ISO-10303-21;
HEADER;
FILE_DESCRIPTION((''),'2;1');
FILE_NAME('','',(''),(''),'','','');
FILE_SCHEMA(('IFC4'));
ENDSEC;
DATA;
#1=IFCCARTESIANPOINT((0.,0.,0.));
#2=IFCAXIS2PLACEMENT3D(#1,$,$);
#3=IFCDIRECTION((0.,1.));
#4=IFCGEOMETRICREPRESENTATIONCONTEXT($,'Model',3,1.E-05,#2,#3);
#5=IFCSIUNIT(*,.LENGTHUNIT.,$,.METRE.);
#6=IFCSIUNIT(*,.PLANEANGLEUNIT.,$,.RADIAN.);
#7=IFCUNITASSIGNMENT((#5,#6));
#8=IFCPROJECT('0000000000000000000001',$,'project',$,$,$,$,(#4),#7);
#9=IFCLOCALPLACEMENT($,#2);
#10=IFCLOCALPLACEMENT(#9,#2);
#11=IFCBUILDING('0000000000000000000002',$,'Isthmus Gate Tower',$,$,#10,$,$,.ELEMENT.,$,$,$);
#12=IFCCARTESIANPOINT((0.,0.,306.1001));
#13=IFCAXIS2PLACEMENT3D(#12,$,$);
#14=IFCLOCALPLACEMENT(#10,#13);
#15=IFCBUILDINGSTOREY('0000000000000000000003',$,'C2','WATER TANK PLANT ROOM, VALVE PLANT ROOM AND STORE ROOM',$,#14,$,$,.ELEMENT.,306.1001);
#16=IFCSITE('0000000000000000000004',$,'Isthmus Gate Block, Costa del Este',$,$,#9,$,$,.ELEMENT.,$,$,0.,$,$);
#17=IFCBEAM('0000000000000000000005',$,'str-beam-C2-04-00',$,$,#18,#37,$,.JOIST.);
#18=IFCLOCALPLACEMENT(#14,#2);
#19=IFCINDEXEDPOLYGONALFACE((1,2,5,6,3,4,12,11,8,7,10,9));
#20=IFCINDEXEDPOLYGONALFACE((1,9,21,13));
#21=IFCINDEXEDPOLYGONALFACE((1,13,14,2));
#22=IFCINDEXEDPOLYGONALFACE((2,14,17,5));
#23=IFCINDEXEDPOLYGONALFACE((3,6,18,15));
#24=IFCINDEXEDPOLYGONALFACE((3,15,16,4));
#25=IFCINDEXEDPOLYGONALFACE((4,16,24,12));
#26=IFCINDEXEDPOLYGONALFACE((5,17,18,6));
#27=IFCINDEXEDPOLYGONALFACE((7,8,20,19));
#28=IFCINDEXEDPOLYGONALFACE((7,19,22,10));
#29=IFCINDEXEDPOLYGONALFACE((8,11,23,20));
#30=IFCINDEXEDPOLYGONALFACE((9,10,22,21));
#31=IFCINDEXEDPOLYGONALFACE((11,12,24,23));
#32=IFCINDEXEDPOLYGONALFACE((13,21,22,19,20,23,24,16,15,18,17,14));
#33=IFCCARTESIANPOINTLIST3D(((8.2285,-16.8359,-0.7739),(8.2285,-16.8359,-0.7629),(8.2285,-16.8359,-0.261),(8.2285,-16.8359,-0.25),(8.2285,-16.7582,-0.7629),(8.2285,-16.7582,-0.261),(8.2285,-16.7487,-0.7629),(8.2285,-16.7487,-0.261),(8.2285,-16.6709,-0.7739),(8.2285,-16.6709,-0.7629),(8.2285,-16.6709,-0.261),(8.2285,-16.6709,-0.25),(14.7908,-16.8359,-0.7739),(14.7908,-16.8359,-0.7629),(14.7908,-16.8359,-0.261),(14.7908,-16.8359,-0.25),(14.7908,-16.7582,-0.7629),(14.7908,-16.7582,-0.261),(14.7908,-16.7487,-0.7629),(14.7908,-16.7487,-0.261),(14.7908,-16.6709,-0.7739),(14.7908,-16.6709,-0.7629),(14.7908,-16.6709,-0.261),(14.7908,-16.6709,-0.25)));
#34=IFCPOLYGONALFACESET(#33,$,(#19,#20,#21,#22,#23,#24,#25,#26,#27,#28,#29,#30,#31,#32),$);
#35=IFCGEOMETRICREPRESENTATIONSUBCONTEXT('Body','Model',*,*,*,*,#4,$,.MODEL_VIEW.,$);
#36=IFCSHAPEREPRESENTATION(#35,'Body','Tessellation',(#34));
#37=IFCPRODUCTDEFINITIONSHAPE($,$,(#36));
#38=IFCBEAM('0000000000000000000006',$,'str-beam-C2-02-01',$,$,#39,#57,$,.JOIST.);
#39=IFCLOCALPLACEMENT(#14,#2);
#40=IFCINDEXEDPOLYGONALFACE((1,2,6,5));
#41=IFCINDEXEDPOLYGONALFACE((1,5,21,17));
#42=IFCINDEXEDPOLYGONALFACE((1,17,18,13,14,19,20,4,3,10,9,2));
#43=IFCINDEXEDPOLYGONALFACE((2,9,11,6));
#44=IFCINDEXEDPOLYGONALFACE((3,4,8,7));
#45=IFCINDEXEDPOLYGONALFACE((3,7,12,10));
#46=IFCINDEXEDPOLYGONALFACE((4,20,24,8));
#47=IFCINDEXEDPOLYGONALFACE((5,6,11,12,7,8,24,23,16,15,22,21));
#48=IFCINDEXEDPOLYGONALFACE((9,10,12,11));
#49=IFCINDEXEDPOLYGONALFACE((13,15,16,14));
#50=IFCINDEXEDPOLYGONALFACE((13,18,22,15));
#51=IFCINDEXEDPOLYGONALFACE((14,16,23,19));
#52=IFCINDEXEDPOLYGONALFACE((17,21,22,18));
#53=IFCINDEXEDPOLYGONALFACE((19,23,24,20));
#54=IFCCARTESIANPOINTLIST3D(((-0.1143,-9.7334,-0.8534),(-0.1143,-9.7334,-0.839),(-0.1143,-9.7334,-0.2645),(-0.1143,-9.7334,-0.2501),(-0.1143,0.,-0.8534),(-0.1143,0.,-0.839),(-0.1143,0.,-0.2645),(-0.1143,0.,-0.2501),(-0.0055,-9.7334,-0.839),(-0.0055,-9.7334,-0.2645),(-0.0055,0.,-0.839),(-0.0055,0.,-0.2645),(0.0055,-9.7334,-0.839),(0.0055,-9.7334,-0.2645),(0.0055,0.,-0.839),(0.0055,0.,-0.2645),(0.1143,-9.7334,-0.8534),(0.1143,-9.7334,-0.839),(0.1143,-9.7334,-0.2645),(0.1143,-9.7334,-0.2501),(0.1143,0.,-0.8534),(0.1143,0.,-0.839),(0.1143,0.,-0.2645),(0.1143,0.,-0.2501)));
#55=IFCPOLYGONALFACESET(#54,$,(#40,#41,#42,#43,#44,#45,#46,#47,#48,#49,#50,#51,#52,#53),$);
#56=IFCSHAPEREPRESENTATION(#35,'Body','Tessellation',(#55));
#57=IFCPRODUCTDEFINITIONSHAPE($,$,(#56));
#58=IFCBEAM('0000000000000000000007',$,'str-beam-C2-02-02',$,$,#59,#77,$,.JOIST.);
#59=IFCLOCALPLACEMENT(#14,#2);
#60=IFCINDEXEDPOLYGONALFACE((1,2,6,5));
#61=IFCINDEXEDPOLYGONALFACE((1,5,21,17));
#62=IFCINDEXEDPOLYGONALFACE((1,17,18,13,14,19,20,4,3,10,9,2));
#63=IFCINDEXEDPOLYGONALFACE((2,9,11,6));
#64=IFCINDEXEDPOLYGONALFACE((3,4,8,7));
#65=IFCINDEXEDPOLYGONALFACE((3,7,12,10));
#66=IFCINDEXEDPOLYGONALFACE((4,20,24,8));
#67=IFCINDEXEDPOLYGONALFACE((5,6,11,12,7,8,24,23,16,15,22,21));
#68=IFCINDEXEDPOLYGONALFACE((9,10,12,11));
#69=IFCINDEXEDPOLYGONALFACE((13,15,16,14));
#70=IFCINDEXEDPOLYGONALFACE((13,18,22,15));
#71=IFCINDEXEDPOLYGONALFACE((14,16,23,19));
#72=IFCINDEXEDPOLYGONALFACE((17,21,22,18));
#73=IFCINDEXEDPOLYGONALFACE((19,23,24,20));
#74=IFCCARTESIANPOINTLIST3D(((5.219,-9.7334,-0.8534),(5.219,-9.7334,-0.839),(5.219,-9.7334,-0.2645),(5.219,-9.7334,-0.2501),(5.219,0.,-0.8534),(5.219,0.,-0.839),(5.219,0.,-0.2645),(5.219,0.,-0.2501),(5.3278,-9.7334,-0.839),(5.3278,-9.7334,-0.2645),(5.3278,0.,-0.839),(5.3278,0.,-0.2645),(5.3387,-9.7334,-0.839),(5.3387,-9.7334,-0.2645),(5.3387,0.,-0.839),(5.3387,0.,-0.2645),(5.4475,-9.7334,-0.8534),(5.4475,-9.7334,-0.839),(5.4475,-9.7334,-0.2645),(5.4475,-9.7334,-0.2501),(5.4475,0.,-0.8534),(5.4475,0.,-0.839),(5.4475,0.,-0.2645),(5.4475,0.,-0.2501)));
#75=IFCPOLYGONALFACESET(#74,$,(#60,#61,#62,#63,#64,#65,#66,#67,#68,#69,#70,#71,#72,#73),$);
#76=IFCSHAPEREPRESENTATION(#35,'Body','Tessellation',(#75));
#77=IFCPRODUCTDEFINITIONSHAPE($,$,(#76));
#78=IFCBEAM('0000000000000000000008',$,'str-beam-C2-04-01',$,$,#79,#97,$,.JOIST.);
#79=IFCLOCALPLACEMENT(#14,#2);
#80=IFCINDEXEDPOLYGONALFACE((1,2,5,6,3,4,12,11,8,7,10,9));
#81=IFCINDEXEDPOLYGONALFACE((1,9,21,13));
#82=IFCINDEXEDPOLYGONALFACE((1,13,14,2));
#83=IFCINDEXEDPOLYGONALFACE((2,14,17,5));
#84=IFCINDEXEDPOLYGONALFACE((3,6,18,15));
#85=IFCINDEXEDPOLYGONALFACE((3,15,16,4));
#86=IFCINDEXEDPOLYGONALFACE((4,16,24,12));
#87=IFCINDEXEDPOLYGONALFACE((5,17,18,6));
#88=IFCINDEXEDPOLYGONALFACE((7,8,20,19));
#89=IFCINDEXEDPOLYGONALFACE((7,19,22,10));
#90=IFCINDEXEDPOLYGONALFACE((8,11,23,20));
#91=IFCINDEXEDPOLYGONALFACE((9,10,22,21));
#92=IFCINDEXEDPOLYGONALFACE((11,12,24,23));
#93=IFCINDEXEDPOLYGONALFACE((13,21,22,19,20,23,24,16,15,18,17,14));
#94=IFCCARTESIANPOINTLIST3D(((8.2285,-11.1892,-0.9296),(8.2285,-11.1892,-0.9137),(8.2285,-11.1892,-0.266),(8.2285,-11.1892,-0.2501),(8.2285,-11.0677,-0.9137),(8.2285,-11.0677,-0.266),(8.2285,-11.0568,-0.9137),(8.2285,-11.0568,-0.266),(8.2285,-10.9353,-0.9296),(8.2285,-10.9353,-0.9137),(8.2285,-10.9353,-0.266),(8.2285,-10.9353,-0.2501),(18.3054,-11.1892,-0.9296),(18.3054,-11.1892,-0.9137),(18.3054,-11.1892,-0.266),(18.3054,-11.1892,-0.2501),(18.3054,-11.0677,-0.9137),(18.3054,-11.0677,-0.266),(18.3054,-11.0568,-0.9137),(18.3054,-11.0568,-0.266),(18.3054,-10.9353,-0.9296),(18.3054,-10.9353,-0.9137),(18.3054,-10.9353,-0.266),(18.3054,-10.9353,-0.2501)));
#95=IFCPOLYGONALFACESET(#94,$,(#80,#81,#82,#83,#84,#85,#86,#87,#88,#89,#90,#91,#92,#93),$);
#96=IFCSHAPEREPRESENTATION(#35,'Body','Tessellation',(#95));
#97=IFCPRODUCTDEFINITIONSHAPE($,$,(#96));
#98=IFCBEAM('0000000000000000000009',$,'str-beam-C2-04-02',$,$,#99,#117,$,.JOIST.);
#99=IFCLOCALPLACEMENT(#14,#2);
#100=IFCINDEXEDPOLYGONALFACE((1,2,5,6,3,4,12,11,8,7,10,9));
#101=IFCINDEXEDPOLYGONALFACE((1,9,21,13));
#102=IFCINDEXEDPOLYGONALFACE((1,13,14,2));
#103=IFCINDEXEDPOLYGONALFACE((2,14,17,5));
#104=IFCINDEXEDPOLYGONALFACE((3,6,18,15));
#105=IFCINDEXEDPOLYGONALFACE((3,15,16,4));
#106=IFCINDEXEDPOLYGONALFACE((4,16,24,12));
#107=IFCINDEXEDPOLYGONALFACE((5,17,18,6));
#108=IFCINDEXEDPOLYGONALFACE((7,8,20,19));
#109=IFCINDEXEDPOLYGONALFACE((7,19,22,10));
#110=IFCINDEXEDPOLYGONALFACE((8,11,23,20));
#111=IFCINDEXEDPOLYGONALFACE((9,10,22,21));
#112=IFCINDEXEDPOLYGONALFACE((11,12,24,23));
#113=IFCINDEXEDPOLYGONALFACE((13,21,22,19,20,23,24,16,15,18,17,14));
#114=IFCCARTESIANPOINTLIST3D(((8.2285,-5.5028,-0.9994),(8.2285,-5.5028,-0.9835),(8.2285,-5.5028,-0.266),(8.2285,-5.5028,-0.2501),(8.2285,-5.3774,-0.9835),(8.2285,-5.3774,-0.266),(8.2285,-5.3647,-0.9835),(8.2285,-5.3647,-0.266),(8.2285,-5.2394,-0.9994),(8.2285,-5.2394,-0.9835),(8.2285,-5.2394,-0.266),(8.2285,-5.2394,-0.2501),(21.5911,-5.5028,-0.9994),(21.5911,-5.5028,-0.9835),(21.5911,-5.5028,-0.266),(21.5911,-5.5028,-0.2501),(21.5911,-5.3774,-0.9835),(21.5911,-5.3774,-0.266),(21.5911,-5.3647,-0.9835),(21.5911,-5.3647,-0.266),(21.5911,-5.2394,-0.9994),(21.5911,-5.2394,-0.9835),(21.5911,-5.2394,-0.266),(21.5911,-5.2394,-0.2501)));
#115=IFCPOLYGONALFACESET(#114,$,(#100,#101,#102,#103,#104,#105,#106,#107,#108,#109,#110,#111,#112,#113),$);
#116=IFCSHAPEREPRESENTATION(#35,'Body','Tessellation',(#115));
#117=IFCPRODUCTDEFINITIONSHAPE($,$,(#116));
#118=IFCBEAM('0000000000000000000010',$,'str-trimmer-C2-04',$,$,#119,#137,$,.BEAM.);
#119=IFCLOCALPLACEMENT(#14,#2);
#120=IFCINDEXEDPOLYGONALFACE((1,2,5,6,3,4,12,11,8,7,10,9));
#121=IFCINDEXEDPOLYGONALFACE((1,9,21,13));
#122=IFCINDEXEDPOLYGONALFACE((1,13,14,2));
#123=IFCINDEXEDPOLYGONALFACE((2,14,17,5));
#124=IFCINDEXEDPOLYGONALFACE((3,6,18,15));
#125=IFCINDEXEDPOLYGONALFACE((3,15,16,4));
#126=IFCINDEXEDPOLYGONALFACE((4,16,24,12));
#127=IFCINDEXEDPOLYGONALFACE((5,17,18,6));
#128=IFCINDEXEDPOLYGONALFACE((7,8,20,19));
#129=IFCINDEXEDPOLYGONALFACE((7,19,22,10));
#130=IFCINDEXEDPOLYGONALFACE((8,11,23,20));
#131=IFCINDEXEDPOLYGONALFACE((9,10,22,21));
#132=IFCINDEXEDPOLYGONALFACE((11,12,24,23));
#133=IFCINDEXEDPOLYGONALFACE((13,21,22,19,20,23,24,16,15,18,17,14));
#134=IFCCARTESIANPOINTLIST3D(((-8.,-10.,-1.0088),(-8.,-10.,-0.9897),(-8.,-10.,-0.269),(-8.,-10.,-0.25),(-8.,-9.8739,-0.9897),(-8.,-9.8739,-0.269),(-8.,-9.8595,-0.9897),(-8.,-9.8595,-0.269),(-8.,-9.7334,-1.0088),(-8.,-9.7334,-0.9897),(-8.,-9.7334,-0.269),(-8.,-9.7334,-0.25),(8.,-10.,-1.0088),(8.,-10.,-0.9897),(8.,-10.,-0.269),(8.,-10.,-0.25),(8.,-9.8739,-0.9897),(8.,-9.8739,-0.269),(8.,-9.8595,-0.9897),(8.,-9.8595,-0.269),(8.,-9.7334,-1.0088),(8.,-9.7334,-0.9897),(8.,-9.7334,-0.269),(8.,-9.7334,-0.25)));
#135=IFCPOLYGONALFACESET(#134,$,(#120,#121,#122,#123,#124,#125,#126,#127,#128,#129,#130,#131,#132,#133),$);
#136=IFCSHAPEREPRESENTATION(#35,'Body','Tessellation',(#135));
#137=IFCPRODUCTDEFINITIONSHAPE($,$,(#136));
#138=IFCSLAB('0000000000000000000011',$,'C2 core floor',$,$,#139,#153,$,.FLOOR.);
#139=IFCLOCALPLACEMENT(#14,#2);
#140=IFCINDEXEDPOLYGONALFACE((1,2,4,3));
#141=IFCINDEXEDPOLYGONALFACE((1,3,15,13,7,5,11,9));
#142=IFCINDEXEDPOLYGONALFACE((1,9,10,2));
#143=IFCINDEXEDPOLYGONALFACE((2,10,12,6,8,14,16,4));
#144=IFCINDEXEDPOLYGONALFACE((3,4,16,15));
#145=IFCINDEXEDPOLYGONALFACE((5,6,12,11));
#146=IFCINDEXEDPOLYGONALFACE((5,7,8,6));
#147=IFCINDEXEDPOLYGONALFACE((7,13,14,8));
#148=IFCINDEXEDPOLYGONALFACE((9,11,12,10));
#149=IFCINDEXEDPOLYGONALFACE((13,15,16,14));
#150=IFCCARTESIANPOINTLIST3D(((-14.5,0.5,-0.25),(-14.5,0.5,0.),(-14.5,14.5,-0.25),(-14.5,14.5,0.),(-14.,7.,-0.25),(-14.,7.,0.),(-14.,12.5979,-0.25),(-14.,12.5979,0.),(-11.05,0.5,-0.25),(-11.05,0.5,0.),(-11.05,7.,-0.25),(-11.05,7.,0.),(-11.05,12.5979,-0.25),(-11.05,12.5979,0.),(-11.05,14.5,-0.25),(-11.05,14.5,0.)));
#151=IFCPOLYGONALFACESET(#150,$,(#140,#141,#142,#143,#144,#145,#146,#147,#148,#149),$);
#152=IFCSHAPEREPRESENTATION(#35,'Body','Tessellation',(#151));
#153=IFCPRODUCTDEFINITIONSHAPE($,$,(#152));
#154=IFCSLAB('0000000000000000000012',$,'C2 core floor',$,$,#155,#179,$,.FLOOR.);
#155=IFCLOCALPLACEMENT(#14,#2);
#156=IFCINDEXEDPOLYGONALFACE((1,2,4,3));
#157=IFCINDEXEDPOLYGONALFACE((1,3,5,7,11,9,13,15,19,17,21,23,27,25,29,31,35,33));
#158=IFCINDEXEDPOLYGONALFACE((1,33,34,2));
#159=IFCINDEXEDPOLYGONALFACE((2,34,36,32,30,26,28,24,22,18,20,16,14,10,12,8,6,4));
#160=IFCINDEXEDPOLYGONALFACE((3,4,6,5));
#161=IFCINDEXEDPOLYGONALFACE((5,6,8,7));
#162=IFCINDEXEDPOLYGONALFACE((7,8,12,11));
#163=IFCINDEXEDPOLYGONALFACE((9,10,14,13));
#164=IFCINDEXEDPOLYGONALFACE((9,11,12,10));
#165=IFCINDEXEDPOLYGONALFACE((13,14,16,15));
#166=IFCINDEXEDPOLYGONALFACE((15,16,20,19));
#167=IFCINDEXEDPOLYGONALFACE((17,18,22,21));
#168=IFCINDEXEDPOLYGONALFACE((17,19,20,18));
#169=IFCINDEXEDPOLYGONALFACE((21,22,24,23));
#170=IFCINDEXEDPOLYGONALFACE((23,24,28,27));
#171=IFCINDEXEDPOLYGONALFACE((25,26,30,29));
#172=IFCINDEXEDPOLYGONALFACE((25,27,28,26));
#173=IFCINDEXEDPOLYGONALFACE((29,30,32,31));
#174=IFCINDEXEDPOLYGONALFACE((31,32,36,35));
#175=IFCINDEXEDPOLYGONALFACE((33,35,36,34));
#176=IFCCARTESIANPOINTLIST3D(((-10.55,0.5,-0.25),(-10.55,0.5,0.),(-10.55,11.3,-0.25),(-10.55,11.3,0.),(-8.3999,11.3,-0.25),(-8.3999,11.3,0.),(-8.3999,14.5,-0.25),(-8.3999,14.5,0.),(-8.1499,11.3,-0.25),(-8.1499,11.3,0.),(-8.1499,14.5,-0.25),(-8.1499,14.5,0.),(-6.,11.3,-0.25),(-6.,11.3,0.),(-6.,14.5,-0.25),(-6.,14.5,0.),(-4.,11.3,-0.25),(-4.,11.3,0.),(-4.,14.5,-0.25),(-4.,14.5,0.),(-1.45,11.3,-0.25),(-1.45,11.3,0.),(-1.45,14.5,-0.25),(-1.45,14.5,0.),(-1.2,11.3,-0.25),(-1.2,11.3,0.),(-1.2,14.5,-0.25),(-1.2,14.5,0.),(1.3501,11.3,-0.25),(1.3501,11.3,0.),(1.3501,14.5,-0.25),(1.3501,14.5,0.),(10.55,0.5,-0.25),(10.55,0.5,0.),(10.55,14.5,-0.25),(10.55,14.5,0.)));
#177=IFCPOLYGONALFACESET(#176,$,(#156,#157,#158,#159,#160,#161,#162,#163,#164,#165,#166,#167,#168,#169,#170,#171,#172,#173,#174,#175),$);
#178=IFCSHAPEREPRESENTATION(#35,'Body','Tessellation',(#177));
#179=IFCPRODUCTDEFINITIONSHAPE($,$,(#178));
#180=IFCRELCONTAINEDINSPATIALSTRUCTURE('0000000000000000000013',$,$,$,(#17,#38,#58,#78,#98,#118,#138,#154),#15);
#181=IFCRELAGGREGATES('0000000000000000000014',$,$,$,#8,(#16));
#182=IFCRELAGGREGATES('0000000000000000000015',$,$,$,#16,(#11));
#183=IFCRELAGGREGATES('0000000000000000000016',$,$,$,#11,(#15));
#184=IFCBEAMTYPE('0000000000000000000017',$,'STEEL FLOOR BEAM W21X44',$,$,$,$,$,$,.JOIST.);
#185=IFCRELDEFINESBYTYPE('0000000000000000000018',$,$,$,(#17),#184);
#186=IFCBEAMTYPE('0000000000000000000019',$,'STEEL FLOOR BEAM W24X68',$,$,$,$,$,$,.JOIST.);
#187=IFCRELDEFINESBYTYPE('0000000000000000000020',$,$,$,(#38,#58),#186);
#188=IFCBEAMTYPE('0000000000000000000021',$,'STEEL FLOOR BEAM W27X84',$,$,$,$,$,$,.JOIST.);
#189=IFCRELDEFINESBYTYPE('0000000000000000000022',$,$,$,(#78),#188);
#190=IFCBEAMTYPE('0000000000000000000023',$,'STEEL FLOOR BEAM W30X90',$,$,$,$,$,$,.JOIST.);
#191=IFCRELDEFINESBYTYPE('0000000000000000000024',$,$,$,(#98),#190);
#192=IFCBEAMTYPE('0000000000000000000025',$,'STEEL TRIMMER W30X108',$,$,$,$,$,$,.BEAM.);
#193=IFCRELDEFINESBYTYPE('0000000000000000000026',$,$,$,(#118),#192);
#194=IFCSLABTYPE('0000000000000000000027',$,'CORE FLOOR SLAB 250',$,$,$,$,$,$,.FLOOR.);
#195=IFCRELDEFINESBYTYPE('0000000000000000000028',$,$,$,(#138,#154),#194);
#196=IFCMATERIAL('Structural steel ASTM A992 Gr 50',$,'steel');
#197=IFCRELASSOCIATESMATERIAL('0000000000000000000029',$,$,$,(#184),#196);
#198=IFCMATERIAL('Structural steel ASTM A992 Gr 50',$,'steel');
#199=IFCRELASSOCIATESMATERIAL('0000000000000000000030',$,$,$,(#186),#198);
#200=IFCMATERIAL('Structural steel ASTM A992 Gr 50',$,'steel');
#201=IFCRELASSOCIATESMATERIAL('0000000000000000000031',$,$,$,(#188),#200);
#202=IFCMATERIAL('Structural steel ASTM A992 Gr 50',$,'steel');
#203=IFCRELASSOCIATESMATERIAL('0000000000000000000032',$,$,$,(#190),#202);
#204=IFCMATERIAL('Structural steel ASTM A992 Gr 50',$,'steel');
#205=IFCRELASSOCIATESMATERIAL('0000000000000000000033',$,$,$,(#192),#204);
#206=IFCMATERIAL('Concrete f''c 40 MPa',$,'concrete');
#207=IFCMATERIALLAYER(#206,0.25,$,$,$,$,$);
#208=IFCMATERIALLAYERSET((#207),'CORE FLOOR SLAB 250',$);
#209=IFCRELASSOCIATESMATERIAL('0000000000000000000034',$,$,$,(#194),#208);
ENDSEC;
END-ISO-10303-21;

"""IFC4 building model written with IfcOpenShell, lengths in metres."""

from ifc_helpers import new_model, si_unit, direction, frame, origin, origin_2d, place, context, subcontext, project, spatial, polyline, i_section, outline, extrude, material, layer, layer_set, material_profile, profile_set, type_object, element, save


model = new_model("IFC4")

# Units and contexts
model_context = context("Model", 3, precision=1e-05, world=origin(), true_north=direction((0.0, 1.0)))
body_context = subcontext(model_context, "Body", "Model", "MODEL_VIEW")
ifc_project = project(units=[si_unit("LENGTHUNIT", "METRE"), si_unit("PLANEANGLEUNIT", "RADIAN")], contexts=[model_context])

# Site, building, storey
site_placement = place(None, origin())
site = spatial("IfcSite", under=ifc_project, at=site_placement, Name="Isthmus Gate Block, Costa del Este", CompositionType="ELEMENT", RefElevation=0.0)
building_placement = place(site_placement, origin())
building = spatial("IfcBuilding", under=site, at=building_placement, Name="Isthmus Gate Tower", CompositionType="ELEMENT")
storey_placement = place(building_placement, frame((0.0, 0.0, 306.1001)))
storey = spatial("IfcBuildingStorey", under=building, at=storey_placement, Name="C2", Description="WATER TANK PLANT ROOM, VALVE PLANT ROOM AND STORE ROOM", CompositionType="ELEMENT", Elevation=306.1001)

# Beams
ifc_material_1 = material(Name="Structural steel ASTM A992 Gr 50", Category="steel")
ifc_material_profile_1 = material_profile(ifc_material_1, i_section(OverallWidth=0.165, OverallDepth=0.5239, WebThickness=0.0095, FlangeThickness=0.011, at=origin_2d()), Name="W21X44")
ifc_profile_set_1 = profile_set([ifc_material_profile_1], Name="Structural steel ASTM A992 Gr 50")
beam_type_1 = type_object("IfcBeamType", Name="STEEL FLOOR BEAM W21X44", PredefinedType="JOIST", material=ifc_profile_set_1)
beam_1_placement = place(storey_placement, frame((8.2285, -16.7534, -0.512), z_axis=(1.0, 0.0, 0.0), x_axis=(0.0, 1.0, 0.0)))
element("IfcBeam", 1, at=beam_1_placement, inside=storey, type_object=beam_type_1, Name="str-beam-C2-04-00", PredefinedType="JOIST", context=body_context, shape_type="SweptSolid", body=[
    extrude(i_section(OverallWidth=0.165, OverallDepth=0.5239, WebThickness=0.0095, FlangeThickness=0.011, at=origin_2d()), origin(), (0.0, 0.0, 1.0), 6.5623),
])
ifc_material_2 = material(Name="Structural steel ASTM A992 Gr 50", Category="steel")
ifc_material_profile_2 = material_profile(ifc_material_2, i_section(OverallWidth=0.2285, OverallDepth=0.6033, WebThickness=0.011, FlangeThickness=0.0144, at=origin_2d()), Name="W24X68")
ifc_profile_set_2 = profile_set([ifc_material_profile_2], Name="Structural steel ASTM A992 Gr 50")
beam_type_2 = type_object("IfcBeamType", Name="STEEL FLOOR BEAM W24X68", PredefinedType="JOIST", material=ifc_profile_set_2)
for number, where, z_axis, x_axis, name in (
    (2, (0.0, -9.7334, -0.5518), (0.0, 1.0, 0.0), (-1.0, 0.0, 0.0), "str-beam-C2-02-01"),
    (3, (5.3333, -9.7334, -0.5518), (0.0, 1.0, 0.0), (-1.0, 0.0, 0.0), "str-beam-C2-02-02"),
):
    element("IfcBeam", number, at=place(storey_placement, frame(where, z_axis=z_axis, x_axis=x_axis)), inside=storey, type_object=beam_type_2, Name=name, PredefinedType="JOIST", context=body_context, shape_type="SweptSolid", body=[
        extrude(i_section(OverallWidth=0.2285, OverallDepth=0.6033, WebThickness=0.011, FlangeThickness=0.0144, at=origin_2d()), origin(), (0.0, 0.0, 1.0), 9.7334),
    ])
ifc_material_3 = material(Name="Structural steel ASTM A992 Gr 50", Category="steel")
ifc_material_profile_3 = material_profile(ifc_material_3, i_section(OverallWidth=0.2539, OverallDepth=0.6794, WebThickness=0.011, FlangeThickness=0.0159, at=origin_2d()), Name="W27X84")
ifc_profile_set_3 = profile_set([ifc_material_profile_3], Name="Structural steel ASTM A992 Gr 50")
beam_type_3 = type_object("IfcBeamType", Name="STEEL FLOOR BEAM W27X84", PredefinedType="JOIST", material=ifc_profile_set_3)
beam_2_placement = place(storey_placement, frame((8.2285, -11.0623, -0.5898), z_axis=(1.0, 0.0, 0.0), x_axis=(0.0, 1.0, 0.0)))
element("IfcBeam", 4, at=beam_2_placement, inside=storey, type_object=beam_type_3, Name="str-beam-C2-04-01", PredefinedType="JOIST", context=body_context, shape_type="SweptSolid", body=[
    extrude(i_section(OverallWidth=0.2539, OverallDepth=0.6794, WebThickness=0.011, FlangeThickness=0.0159, at=origin_2d()), origin(), (0.0, 0.0, 1.0), 10.0769),
])
ifc_material_4 = material(Name="Structural steel ASTM A992 Gr 50", Category="steel")
ifc_material_profile_4 = material_profile(ifc_material_4, i_section(OverallWidth=0.2634, OverallDepth=0.7493, WebThickness=0.0127, FlangeThickness=0.0159, at=origin_2d()), Name="W30X90")
ifc_profile_set_4 = profile_set([ifc_material_profile_4], Name="Structural steel ASTM A992 Gr 50")
beam_type_4 = type_object("IfcBeamType", Name="STEEL FLOOR BEAM W30X90", PredefinedType="JOIST", material=ifc_profile_set_4)
beam_3_placement = place(storey_placement, frame((8.2285, -5.3711, -0.6248), z_axis=(1.0, 0.0, 0.0), x_axis=(0.0, 1.0, 0.0)))
element("IfcBeam", 5, at=beam_3_placement, inside=storey, type_object=beam_type_4, Name="str-beam-C2-04-02", PredefinedType="JOIST", context=body_context, shape_type="SweptSolid", body=[
    extrude(i_section(OverallWidth=0.2634, OverallDepth=0.7493, WebThickness=0.0127, FlangeThickness=0.0159, at=origin_2d()), origin(), (0.0, 0.0, 1.0), 13.3625),
])
ifc_material_5 = material(Name="Structural steel ASTM A992 Gr 50", Category="steel")
ifc_material_profile_5 = material_profile(ifc_material_5, i_section(OverallWidth=0.2666, OverallDepth=0.7588, WebThickness=0.0144, FlangeThickness=0.019, at=origin_2d()), Name="W30X108")
ifc_profile_set_5 = profile_set([ifc_material_profile_5], Name="Structural steel ASTM A992 Gr 50")
beam_type_5 = type_object("IfcBeamType", Name="STEEL TRIMMER W30X108", PredefinedType="BEAM", material=ifc_profile_set_5)
beam_4_placement = place(storey_placement, frame((8.0, -9.8667, -0.6294), z_axis=(-1.0, 0.0, 0.0), x_axis=(0.0, -1.0, 0.0)))
element("IfcBeam", 6, at=beam_4_placement, inside=storey, type_object=beam_type_5, Name="str-trimmer-C2-04", PredefinedType="BEAM", context=body_context, shape_type="SweptSolid", body=[
    extrude(i_section(OverallWidth=0.2666, OverallDepth=0.7588, WebThickness=0.0144, FlangeThickness=0.019, at=origin_2d()), origin(), (0.0, 0.0, 1.0), 16.0),
])

# Slabs
ifc_material_6 = material(Name="Concrete f'c 40 MPa", Category="concrete")
ifc_layer_1 = layer(ifc_material_6, 0.25)
ifc_layer_set_1 = layer_set([ifc_layer_1], Name="CORE FLOOR SLAB 250")
slab_type_1 = type_object("IfcSlabType", Name="CORE FLOOR SLAB 250", PredefinedType="FLOOR", material=ifc_layer_set_1)
slab_1_placement = place(storey_placement, frame((0.0, 0.0, -0.25)))
element("IfcSlab", 7, at=slab_1_placement, inside=storey, type_object=slab_type_1, Name="C2 core floor", PredefinedType="FLOOR", context=body_context, shape_type="SweptSolid", body=[
    extrude(outline(polyline([(-11.05, 0.5), (-11.05, 7.0), (-14.0, 7.0), (-14.0, 12.5979), (-11.05, 12.5979), (-11.05, 14.5), (-14.5, 14.5), (-14.5, 0.5), (-11.05, 0.5)])), origin(), (0.0, 0.0, 1.0), 0.25),
])
slab_2_placement = place(storey_placement, frame((0.0, 0.0, -0.25)))
element("IfcSlab", 8, at=slab_2_placement, inside=storey, type_object=slab_type_1, Name="C2 core floor", PredefinedType="FLOOR", context=body_context, shape_type="SweptSolid", body=[
    extrude(outline(polyline([(10.55, 14.5), (1.3501, 14.5), (1.3501, 11.3), (-1.2, 11.3), (-1.2, 14.5), (-1.45, 14.5), (-1.45, 11.3), (-4.0, 11.3), (-4.0, 14.5), (-6.0, 14.5), (-6.0, 11.3), (-8.1499, 11.3), (-8.1499, 14.5), (-8.3999, 14.5), (-8.3999, 11.3), (-10.55, 11.3), (-10.55, 0.5), (10.55, 0.5), (10.55, 14.5)])), origin(), (0.0, 0.0, 1.0), 0.25),
])

save(model, "model.ifc")
